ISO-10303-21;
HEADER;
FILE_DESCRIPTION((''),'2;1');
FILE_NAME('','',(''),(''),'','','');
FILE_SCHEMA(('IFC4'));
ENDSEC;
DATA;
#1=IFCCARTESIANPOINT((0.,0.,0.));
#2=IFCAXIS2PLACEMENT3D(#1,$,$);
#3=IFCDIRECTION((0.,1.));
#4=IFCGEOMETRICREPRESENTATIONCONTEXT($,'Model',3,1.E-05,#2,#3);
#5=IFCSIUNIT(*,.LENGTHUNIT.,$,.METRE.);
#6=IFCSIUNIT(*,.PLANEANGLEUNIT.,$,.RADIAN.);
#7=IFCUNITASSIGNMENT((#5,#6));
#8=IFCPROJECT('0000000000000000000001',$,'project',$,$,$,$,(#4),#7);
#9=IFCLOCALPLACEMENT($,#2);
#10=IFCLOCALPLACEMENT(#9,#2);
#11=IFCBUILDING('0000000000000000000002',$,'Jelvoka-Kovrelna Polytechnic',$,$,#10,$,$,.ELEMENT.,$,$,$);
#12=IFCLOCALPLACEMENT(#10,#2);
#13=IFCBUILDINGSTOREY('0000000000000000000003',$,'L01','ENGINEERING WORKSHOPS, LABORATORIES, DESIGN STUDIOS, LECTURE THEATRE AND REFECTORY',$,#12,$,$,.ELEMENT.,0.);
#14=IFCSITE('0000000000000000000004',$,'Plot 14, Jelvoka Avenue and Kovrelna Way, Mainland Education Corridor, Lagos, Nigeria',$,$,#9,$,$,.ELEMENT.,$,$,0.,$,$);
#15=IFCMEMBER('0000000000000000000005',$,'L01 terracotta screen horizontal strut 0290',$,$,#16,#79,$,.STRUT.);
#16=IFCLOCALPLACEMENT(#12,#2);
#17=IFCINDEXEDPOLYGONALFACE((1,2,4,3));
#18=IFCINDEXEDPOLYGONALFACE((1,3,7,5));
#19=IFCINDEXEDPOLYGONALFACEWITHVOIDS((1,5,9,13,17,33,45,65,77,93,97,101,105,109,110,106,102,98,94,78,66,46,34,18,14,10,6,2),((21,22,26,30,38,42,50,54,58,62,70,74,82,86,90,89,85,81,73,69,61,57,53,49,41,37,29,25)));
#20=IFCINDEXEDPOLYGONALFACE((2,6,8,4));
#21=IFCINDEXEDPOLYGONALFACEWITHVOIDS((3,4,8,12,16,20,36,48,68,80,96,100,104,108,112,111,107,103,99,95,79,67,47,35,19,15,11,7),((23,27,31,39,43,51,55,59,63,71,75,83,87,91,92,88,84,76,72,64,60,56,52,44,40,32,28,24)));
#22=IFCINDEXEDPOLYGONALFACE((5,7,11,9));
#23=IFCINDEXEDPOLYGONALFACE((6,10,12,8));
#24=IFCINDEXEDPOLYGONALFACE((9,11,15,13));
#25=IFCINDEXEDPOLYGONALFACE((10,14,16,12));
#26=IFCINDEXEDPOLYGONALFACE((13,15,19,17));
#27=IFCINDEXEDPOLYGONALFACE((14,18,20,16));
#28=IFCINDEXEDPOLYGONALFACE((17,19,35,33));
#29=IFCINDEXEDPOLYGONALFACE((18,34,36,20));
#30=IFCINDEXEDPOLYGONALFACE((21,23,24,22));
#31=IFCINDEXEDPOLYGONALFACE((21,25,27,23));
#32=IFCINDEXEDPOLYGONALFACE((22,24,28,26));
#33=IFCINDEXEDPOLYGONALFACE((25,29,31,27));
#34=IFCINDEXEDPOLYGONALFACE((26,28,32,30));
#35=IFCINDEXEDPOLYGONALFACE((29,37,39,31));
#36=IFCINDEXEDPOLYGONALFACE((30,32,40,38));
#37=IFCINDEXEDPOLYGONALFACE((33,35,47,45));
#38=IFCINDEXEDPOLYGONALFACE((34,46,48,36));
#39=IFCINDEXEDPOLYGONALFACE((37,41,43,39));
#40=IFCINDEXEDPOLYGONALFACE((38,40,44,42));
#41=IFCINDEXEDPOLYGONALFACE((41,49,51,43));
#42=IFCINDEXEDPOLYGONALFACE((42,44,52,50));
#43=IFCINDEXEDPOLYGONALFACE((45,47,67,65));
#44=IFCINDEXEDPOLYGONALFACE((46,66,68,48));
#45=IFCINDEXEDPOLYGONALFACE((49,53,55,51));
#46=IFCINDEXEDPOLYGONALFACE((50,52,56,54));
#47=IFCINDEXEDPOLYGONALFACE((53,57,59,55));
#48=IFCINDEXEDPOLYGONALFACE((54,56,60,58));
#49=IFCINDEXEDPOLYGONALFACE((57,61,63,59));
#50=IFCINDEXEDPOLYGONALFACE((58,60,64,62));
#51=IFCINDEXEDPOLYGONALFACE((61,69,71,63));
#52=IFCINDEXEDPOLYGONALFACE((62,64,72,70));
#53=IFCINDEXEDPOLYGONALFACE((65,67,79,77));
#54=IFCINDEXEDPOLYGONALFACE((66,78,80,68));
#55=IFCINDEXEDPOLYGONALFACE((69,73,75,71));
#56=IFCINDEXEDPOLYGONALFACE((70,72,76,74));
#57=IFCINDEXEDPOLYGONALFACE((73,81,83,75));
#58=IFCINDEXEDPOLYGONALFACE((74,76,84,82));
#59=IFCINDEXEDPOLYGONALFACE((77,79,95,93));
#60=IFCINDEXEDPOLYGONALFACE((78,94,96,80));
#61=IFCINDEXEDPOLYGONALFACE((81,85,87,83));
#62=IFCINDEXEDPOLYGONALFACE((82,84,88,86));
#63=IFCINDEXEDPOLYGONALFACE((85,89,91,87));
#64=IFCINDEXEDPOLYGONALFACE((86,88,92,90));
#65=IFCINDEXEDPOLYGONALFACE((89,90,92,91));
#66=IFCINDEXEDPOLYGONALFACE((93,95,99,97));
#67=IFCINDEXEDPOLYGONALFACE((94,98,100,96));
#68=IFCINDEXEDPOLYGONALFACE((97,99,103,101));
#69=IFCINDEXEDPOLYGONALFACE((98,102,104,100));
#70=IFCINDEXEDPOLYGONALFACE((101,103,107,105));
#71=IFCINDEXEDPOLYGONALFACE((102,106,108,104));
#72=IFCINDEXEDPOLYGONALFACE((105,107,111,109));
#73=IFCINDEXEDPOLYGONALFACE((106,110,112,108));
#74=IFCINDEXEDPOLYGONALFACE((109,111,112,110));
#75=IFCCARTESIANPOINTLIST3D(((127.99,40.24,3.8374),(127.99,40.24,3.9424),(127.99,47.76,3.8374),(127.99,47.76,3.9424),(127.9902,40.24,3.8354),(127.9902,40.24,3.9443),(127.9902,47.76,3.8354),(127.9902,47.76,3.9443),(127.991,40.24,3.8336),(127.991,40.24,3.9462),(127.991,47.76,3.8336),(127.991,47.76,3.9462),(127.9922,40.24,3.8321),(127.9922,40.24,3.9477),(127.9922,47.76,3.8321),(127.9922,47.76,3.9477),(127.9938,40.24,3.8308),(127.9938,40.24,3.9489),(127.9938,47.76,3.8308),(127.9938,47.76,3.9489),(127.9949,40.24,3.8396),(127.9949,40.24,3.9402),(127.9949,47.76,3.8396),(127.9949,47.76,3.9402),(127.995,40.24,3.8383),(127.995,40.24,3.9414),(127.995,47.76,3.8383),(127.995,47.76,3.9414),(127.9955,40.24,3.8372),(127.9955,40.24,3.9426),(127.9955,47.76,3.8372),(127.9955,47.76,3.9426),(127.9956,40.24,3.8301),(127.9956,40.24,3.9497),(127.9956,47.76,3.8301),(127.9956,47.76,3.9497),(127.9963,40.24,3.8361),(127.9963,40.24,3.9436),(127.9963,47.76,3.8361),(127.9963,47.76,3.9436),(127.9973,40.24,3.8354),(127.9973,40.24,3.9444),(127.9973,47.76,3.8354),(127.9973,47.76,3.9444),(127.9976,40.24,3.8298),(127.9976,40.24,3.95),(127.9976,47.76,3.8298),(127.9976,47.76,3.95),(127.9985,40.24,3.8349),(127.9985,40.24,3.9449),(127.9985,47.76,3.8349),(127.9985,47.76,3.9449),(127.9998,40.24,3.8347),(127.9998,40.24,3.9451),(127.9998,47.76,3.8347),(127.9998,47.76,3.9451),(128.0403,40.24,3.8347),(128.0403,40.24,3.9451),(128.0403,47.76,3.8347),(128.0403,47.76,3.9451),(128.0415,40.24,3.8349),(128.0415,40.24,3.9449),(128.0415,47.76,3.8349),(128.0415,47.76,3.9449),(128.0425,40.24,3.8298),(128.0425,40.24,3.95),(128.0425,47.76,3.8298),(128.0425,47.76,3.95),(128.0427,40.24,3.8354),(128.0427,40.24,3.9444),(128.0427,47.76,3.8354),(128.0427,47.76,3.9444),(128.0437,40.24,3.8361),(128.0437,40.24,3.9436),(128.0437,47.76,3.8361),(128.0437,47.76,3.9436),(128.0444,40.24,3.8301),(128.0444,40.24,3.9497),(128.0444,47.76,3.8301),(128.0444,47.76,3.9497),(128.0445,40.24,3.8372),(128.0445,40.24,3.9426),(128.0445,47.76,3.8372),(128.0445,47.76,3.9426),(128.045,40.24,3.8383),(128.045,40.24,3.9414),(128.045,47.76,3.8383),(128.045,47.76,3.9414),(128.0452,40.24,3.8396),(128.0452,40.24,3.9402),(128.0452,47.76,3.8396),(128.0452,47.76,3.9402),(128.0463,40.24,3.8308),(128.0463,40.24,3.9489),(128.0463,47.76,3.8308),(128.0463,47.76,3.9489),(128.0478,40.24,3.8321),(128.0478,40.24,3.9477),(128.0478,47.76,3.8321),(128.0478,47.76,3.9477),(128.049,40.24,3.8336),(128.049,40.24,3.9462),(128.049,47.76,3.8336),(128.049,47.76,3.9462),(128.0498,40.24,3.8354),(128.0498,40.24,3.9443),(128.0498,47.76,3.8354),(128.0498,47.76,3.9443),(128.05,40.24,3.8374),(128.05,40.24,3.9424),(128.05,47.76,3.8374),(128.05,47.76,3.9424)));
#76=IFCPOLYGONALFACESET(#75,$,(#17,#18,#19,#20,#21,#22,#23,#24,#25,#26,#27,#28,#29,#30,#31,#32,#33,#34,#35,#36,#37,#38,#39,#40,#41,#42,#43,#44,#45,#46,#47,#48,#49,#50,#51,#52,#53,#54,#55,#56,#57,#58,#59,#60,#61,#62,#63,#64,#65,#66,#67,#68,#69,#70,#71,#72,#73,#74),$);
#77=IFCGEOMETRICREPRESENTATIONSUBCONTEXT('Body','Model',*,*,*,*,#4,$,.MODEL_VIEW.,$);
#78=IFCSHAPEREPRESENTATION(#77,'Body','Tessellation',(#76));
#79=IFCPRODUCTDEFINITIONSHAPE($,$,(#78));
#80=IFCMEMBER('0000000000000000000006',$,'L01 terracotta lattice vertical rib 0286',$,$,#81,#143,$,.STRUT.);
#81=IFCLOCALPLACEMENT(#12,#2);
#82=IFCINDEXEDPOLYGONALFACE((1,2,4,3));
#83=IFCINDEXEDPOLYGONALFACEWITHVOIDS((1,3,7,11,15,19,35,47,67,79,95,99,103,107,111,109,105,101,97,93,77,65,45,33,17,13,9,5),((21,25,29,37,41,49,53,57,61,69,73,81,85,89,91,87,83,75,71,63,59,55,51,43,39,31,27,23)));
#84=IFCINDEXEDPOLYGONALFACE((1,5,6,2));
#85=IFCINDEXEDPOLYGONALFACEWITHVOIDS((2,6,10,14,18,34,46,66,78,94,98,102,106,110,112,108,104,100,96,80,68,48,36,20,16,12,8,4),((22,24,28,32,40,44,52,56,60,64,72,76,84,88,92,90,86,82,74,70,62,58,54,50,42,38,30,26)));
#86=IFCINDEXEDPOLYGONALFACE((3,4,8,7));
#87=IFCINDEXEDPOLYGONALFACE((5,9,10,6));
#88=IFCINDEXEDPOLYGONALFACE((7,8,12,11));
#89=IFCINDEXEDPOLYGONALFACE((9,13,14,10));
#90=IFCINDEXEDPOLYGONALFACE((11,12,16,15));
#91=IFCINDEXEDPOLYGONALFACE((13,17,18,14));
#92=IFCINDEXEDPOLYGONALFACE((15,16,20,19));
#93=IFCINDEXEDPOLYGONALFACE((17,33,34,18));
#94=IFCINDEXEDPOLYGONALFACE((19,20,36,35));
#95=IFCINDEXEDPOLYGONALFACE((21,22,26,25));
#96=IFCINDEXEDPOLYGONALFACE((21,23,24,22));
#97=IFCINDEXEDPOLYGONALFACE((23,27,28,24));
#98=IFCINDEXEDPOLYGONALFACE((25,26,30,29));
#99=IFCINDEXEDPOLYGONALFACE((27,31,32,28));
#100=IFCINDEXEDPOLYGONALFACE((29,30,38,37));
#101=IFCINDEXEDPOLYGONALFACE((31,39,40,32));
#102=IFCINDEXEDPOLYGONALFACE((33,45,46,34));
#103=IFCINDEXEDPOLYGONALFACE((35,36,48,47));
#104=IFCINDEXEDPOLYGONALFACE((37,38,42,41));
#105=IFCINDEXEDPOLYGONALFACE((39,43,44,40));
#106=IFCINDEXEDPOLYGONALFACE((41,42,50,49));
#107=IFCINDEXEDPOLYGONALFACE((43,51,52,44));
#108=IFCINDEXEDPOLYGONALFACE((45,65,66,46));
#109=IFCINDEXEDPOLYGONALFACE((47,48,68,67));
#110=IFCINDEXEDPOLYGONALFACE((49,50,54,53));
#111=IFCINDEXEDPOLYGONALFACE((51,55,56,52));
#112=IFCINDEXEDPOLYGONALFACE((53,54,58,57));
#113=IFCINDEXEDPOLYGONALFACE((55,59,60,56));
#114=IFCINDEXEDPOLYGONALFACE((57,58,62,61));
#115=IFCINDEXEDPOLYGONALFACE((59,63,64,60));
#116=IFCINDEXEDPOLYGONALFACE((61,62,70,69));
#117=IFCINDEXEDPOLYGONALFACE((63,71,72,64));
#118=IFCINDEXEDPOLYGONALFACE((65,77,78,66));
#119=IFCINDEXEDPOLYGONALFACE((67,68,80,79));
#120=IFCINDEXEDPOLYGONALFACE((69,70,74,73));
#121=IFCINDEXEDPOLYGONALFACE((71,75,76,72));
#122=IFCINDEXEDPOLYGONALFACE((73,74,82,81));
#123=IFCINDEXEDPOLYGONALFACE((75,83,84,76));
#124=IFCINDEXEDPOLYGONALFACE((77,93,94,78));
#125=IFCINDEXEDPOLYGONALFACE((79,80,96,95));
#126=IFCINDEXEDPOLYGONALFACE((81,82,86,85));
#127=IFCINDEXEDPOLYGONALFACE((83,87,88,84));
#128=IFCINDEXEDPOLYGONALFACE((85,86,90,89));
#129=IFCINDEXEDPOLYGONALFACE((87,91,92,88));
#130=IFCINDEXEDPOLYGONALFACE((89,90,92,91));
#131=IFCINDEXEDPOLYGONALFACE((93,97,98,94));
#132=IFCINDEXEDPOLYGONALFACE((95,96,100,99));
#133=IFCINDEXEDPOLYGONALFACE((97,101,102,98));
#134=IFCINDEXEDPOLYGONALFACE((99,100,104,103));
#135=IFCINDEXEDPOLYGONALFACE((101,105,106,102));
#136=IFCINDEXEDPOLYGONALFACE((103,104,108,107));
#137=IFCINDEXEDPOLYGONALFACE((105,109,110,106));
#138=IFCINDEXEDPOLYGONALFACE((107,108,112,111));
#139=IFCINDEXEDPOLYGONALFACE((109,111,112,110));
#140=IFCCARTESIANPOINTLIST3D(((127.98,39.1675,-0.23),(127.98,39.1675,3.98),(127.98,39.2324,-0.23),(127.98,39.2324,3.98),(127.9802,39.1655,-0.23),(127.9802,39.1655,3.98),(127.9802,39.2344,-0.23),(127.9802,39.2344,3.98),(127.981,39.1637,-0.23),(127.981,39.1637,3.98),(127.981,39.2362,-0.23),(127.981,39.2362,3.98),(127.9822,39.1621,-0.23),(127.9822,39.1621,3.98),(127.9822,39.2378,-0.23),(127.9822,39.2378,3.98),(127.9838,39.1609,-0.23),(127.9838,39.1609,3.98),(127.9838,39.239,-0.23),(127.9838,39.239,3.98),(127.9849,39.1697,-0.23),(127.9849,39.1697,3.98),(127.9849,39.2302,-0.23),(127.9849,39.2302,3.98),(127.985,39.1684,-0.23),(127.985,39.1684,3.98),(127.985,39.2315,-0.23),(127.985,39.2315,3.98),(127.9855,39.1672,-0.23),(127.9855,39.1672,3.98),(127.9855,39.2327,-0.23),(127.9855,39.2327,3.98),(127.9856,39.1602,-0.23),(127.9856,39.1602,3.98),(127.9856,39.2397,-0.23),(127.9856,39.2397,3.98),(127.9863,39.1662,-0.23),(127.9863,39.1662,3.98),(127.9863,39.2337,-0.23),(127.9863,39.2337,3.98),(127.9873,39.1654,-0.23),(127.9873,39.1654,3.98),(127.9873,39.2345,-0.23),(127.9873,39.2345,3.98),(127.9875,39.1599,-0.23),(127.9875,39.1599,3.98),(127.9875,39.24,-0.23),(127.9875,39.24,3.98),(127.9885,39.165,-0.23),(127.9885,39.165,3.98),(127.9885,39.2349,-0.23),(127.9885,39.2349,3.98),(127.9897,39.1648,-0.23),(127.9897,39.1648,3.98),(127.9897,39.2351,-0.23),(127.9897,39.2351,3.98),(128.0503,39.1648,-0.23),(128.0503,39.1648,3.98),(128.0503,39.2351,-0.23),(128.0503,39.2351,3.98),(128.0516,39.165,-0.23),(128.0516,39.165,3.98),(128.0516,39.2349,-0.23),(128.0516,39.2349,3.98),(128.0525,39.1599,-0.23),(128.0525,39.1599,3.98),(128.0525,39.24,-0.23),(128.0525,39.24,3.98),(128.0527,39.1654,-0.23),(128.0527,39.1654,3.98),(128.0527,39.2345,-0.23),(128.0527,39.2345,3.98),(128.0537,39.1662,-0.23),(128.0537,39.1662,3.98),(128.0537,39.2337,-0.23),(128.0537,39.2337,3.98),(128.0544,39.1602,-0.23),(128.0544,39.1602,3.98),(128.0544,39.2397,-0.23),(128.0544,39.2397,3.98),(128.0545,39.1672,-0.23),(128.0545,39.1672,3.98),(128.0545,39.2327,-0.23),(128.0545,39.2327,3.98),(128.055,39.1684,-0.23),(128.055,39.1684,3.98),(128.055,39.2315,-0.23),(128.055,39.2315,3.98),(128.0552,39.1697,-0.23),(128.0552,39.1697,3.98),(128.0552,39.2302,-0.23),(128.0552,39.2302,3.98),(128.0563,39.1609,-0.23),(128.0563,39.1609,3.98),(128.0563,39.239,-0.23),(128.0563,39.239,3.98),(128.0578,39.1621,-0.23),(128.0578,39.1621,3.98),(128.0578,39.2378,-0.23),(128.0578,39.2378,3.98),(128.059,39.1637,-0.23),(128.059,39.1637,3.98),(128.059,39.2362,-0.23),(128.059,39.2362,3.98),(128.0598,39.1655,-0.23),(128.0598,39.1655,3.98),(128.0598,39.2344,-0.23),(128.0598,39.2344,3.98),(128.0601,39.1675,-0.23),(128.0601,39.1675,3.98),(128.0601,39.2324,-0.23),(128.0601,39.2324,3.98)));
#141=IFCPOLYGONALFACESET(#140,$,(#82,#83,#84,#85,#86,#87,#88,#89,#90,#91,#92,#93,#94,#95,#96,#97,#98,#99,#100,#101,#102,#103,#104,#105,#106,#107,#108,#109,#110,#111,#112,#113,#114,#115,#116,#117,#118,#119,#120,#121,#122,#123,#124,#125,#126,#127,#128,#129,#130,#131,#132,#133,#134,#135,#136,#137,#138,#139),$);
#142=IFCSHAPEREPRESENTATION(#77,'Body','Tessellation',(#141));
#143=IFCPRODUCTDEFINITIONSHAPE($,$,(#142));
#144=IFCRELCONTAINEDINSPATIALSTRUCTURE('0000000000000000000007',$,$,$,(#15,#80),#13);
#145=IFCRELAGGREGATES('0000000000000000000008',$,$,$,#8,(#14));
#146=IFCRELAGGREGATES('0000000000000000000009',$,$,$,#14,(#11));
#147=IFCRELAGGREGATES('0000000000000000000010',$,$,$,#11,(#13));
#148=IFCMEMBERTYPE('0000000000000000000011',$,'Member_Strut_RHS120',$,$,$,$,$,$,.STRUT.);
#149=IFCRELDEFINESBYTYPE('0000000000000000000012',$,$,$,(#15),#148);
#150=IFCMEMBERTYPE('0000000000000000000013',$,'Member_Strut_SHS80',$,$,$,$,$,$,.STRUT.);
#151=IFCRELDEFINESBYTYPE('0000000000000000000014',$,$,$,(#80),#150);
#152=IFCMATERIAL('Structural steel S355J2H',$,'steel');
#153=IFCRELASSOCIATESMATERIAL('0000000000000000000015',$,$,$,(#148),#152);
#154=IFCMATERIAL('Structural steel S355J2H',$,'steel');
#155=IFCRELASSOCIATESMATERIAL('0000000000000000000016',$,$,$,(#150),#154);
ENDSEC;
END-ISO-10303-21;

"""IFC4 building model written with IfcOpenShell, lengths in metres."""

from ifc_helpers import new_model, si_unit, direction, frame, origin, origin_2d, place, context, subcontext, project, spatial, hollow_rectangle, extrude, material, material_profile, profile_set, type_object, element, save


model = new_model("IFC4")

# Units and contexts
model_context = context("Model", 3, precision=1e-05, world=origin(), true_north=direction((0.0, 1.0)))
body_context = subcontext(model_context, "Body", "Model", "MODEL_VIEW")
ifc_project = project(units=[si_unit("LENGTHUNIT", "METRE"), si_unit("PLANEANGLEUNIT", "RADIAN")], contexts=[model_context])

# Site, building, storey
site_placement = place(None, origin())
site = spatial("IfcSite", under=ifc_project, at=site_placement, Name="Plot 14, Jelvoka Avenue and Kovrelna Way, Mainland Education Corridor, Lagos, Nigeria", CompositionType="ELEMENT", RefElevation=0.0)
building_placement = place(site_placement, origin())
building = spatial("IfcBuilding", under=site, at=building_placement, Name="Jelvoka-Kovrelna Polytechnic", CompositionType="ELEMENT")
storey_placement = place(building_placement, origin())
storey = spatial("IfcBuildingStorey", under=building, at=storey_placement, Name="L01", Description="ENGINEERING WORKSHOPS, LABORATORIES, DESIGN STUDIOS, LECTURE THEATRE AND REFECTORY", CompositionType="ELEMENT", Elevation=0.0)

# Members
ifc_material_1 = material(Name="Structural steel S355J2H", Category="steel")
ifc_material_profile_1 = material_profile(ifc_material_1, hollow_rectangle(XDim=0.0601, YDim=0.1201, WallThickness=0.0049, InnerFilletRadius=0.0049, OuterFilletRadius=0.0076, at=origin_2d()), Name="120x60x5.0 RHS")
ifc_profile_set_1 = profile_set([ifc_material_profile_1], Name="Structural steel S355J2H")
member_type_1 = type_object("IfcMemberType", Name="Member_Strut_RHS120", PredefinedType="STRUT", material=ifc_profile_set_1)
for number, where, z_axis, x_axis, name in (
    (1, (128.02, 40.24, 3.8899), (0.0, 1.0, 0.0), (-1.0, 0.0, 0.0), "L01 terracotta screen horizontal strut 0290"),
):
    element("IfcMember", number, at=place(storey_placement, frame(where, z_axis=z_axis, x_axis=x_axis)), inside=storey, type_object=member_type_1, Name=name, PredefinedType="STRUT", context=body_context, shape_type="SweptSolid", body=[
        extrude(hollow_rectangle(XDim=0.0601, YDim=0.1201, WallThickness=0.0049, InnerFilletRadius=0.0049, OuterFilletRadius=0.0076, at=origin_2d()), origin(), (0.0, 0.0, 1.0), 7.52),
    ])
ifc_material_2 = material(Name="Structural steel S355J2H", Category="steel")
ifc_material_profile_2 = material_profile(ifc_material_2, hollow_rectangle(XDim=0.0801, YDim=0.0801, WallThickness=0.0049, InnerFilletRadius=0.0049, OuterFilletRadius=0.0076, at=origin_2d()), Name="80x80x5.0 SHS")
ifc_profile_set_2 = profile_set([ifc_material_profile_2], Name="Structural steel S355J2H")
member_type_2 = type_object("IfcMemberType", Name="Member_Strut_SHS80", PredefinedType="STRUT", material=ifc_profile_set_2)
for number, where, z_axis, x_axis, name in (
    (2, (128.02, 39.2, -0.23), (0.0, 0.0, 1.0), (1.0, 0.0, 0.0), "L01 terracotta lattice vertical rib 0286"),
):
    element("IfcMember", number, at=place(storey_placement, frame(where, z_axis=z_axis, x_axis=x_axis)), inside=storey, type_object=member_type_2, Name=name, PredefinedType="STRUT", context=body_context, shape_type="SweptSolid", body=[
        extrude(hollow_rectangle(XDim=0.0801, YDim=0.0801, WallThickness=0.0049, InnerFilletRadius=0.0049, OuterFilletRadius=0.0076, at=origin_2d()), origin(), (0.0, 0.0, 1.0), 4.21),
    ])

save(model, "model.ifc")
